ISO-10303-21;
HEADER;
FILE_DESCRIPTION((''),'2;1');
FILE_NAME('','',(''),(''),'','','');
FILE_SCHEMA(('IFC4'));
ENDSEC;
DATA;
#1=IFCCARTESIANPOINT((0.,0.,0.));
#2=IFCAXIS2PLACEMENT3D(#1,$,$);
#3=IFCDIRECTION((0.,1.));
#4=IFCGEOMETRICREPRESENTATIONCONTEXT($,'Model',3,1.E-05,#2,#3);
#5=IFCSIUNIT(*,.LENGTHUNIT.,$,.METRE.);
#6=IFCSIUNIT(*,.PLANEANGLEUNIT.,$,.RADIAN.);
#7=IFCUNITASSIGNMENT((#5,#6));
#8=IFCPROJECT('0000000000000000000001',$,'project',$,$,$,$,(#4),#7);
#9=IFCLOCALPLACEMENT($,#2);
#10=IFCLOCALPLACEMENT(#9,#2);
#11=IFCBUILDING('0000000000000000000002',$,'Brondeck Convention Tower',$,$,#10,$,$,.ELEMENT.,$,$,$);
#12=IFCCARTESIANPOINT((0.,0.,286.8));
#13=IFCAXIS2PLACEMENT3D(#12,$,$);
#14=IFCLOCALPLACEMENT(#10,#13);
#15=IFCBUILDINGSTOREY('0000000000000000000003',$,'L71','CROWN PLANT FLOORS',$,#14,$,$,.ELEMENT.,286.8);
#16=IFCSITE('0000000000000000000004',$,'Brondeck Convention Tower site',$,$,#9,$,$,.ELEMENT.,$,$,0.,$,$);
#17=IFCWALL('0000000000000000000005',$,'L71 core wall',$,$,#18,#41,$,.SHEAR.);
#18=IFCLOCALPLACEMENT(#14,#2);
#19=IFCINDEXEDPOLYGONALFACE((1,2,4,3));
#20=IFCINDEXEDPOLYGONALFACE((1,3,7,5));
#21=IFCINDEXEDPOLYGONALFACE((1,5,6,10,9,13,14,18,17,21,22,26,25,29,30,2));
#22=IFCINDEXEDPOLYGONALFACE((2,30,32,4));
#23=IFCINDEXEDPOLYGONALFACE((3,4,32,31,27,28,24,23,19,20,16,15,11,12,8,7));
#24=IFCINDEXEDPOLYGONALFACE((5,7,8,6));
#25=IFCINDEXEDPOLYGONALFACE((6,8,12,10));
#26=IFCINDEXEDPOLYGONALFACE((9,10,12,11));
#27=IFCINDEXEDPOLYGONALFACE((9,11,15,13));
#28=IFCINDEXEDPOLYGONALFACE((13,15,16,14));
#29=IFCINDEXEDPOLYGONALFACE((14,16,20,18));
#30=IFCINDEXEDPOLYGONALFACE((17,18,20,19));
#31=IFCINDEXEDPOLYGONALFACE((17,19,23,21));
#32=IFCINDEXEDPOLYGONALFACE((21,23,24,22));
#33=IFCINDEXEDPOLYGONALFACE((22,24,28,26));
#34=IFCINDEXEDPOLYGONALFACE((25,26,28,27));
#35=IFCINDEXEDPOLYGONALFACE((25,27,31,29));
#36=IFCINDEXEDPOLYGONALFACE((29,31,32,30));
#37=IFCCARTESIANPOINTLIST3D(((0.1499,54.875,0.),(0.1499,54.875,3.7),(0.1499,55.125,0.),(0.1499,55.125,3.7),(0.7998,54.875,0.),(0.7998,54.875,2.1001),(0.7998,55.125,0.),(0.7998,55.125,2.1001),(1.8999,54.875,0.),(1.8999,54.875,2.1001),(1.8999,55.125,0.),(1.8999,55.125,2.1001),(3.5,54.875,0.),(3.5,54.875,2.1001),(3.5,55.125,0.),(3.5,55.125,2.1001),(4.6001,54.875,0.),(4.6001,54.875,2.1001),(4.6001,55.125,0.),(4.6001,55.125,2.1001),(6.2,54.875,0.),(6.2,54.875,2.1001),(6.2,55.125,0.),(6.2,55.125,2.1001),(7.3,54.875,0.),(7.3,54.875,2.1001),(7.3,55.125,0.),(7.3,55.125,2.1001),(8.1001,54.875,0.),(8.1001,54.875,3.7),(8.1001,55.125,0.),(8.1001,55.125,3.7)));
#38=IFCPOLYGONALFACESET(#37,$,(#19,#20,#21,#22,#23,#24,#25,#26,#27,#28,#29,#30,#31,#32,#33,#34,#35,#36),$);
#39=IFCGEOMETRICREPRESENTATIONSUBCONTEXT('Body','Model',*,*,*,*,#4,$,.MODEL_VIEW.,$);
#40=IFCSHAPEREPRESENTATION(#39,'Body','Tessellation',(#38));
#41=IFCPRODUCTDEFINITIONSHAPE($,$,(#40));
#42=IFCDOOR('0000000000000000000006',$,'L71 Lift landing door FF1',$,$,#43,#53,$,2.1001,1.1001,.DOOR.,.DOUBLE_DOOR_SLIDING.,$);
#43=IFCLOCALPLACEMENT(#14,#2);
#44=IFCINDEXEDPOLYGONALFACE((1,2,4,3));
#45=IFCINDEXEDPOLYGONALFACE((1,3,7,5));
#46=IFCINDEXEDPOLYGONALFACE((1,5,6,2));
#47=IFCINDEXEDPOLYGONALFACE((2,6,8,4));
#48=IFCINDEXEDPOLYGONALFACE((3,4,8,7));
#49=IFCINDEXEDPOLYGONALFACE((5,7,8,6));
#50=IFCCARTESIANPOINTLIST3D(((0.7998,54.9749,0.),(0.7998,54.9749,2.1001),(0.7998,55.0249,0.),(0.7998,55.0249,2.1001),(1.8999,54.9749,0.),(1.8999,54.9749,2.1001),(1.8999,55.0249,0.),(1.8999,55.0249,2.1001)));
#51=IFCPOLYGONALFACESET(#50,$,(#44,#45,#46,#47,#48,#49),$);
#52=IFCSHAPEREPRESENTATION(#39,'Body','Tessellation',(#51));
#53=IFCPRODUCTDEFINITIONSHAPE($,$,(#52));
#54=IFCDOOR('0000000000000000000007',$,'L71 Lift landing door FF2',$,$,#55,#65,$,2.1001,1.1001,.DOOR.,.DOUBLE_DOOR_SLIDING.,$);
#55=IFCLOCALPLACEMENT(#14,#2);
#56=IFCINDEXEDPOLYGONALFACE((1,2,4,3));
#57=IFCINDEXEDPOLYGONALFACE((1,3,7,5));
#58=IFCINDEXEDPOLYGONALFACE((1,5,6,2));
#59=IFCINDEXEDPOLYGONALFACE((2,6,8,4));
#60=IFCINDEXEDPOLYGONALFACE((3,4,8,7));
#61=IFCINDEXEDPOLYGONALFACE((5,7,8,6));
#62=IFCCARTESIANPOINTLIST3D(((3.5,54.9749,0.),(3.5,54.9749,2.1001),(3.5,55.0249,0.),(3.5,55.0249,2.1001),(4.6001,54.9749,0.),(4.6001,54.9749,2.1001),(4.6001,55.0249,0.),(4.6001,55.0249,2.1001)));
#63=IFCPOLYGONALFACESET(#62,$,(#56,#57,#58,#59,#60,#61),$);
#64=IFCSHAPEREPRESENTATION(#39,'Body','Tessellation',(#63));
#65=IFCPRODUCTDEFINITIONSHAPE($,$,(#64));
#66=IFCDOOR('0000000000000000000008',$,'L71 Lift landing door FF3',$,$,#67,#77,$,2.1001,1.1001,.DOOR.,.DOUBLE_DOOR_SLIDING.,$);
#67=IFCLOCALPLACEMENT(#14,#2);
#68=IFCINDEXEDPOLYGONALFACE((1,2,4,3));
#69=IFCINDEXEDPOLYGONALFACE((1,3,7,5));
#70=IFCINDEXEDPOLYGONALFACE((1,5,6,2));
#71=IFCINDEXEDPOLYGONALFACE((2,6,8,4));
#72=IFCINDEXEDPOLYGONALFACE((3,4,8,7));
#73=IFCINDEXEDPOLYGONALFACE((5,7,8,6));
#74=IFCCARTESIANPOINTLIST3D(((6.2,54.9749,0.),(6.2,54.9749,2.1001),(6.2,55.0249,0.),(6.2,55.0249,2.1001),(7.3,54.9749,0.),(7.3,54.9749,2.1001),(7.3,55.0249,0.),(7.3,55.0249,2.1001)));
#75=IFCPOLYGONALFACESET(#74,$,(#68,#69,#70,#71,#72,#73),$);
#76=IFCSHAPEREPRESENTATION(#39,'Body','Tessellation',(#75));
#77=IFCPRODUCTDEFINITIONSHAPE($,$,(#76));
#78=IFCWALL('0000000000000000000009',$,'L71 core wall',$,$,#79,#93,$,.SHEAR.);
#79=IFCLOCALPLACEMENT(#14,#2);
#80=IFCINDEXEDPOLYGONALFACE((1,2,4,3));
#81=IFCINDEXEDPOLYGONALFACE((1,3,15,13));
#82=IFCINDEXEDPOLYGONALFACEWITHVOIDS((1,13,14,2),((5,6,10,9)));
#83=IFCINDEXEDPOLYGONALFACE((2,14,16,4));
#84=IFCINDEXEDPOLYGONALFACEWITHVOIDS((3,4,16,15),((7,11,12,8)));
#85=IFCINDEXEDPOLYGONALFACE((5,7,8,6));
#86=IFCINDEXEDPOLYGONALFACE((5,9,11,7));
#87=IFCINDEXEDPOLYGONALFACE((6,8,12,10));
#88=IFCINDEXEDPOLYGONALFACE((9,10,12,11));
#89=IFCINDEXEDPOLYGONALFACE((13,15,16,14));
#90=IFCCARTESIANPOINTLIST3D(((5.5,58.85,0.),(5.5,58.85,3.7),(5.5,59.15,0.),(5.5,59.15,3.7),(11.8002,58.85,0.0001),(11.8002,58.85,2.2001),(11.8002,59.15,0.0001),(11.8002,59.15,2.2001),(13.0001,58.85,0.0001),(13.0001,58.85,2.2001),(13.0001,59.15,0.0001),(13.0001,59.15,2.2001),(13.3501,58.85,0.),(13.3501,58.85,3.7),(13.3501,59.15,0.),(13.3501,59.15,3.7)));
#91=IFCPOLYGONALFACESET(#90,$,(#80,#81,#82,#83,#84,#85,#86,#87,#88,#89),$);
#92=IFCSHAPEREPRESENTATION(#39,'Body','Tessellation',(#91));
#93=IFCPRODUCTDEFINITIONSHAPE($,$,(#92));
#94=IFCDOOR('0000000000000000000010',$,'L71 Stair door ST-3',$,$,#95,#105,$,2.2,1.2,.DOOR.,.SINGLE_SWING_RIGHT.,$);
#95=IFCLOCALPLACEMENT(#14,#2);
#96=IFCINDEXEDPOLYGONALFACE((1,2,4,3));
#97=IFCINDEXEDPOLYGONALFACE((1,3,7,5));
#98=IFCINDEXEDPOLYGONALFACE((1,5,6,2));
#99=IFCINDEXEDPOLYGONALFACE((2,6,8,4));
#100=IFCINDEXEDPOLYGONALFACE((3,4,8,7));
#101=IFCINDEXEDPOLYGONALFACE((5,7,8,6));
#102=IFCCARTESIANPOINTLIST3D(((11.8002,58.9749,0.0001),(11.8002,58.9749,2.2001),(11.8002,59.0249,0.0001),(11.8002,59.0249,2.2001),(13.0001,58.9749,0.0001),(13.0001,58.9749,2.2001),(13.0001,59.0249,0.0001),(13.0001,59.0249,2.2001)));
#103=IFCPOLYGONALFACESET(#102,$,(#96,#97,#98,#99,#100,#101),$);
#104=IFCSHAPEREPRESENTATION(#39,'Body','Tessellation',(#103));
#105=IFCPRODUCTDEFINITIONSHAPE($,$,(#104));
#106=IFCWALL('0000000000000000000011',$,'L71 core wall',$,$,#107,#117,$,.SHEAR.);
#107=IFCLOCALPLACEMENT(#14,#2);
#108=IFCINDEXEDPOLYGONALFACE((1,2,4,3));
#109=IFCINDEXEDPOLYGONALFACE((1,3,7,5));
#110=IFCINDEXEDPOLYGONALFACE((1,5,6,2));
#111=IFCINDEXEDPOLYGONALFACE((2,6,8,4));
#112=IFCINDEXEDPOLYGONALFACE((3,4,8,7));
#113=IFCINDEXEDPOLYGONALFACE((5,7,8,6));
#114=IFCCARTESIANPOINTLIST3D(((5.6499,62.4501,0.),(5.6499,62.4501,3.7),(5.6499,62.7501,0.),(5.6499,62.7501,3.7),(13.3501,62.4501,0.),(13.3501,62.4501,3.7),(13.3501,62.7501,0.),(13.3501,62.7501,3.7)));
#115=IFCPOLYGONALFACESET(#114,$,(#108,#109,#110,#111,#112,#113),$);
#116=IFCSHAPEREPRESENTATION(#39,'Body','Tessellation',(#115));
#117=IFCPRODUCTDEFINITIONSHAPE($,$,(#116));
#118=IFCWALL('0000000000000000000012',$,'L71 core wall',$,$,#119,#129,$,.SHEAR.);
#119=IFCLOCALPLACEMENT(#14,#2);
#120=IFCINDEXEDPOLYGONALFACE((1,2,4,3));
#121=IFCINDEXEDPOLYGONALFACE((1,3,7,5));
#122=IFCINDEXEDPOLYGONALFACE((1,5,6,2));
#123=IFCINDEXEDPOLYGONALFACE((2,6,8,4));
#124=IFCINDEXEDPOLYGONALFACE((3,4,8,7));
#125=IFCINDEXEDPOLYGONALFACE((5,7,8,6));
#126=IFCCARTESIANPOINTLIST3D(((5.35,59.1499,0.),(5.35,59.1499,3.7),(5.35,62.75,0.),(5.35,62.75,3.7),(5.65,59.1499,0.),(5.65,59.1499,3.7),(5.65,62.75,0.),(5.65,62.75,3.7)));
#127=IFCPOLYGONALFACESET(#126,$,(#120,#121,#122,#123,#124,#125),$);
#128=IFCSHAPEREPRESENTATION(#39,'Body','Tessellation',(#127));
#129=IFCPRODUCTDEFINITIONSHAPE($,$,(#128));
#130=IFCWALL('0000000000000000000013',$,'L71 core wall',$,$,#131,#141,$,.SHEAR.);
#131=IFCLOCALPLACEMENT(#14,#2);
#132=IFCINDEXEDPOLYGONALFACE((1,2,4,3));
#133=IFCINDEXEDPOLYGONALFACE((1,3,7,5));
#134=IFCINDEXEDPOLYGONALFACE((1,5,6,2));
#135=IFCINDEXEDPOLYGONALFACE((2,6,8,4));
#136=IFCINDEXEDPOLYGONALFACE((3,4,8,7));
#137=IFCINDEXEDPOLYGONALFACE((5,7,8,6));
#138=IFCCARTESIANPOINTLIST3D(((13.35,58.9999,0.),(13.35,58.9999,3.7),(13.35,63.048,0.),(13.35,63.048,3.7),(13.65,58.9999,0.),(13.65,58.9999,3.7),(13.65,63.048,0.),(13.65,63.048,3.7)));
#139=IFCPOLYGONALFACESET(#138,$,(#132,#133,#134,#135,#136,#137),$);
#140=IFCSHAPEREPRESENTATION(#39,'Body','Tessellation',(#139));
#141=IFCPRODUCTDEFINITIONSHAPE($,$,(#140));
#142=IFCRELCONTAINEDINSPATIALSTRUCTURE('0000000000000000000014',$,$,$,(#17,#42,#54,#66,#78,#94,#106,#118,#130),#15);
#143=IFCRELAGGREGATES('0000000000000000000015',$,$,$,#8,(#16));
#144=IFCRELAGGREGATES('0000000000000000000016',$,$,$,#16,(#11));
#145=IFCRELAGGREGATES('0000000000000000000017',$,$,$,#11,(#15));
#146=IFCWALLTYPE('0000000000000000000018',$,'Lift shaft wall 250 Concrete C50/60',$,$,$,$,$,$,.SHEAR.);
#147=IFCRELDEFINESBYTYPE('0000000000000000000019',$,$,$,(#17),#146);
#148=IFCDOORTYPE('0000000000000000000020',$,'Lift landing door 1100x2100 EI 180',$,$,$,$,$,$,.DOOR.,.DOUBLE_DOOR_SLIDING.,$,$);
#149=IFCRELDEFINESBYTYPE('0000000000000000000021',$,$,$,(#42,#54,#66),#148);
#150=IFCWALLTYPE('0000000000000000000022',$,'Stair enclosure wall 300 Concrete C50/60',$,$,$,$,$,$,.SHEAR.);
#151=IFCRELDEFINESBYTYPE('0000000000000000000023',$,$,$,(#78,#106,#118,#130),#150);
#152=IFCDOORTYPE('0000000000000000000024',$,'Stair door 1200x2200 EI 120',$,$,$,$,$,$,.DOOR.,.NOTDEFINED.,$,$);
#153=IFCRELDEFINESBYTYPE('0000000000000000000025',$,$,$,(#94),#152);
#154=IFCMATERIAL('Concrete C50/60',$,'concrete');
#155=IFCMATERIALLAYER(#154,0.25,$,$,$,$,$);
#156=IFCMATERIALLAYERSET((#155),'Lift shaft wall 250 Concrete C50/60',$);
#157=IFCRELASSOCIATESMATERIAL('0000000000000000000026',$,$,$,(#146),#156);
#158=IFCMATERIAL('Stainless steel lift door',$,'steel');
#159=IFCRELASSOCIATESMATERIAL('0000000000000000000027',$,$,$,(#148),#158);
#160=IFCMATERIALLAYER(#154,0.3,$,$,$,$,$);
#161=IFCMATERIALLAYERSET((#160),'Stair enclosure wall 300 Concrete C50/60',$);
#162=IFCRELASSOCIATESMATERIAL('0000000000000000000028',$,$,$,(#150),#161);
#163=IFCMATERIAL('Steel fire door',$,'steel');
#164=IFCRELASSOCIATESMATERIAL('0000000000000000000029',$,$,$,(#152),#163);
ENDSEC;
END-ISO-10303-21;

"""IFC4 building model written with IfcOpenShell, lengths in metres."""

from ifc_helpers import new_model, si_unit, direction, frame, frame_2d, origin, place, context, subcontext, project, spatial, rectangle, extrude, material, layer, layer_set, type_object, element, fill, save


model = new_model("IFC4")

# Units and contexts
model_context = context("Model", 3, precision=1e-05, world=origin(), true_north=direction((0.0, 1.0)))
body_context = subcontext(model_context, "Body", "Model", "MODEL_VIEW")
ifc_project = project(units=[si_unit("LENGTHUNIT", "METRE"), si_unit("PLANEANGLEUNIT", "RADIAN")], contexts=[model_context])

# Site, building, storey
site_placement = place(None, origin())
site = spatial("IfcSite", under=ifc_project, at=site_placement, Name="Brondeck Convention Tower site", CompositionType="ELEMENT", RefElevation=0.0)
building_placement = place(site_placement, origin())
building = spatial("IfcBuilding", under=site, at=building_placement, Name="Brondeck Convention Tower", CompositionType="ELEMENT")
storey_placement = place(building_placement, frame((0.0, 0.0, 286.8)))
storey = spatial("IfcBuildingStorey", under=building, at=storey_placement, Name="L71", Description="CROWN PLANT FLOORS", CompositionType="ELEMENT", Elevation=286.8)

# Shared definitions
ifc_material_1 = material(Name="Concrete C50/60", Category="concrete")

# Wall, openings, doors
ifc_layer_1 = layer(ifc_material_1, 0.25)
ifc_layer_set_1 = layer_set([ifc_layer_1], Name="Lift shaft wall 250 Concrete C50/60")
wall_type_1 = type_object("IfcWallType", Name="Lift shaft wall 250 Concrete C50/60", PredefinedType="SHEAR", material=ifc_layer_set_1)
wall_1_placement = place(storey_placement, frame((0.1499, 55.0, 0.0), z_axis=(0.0, 0.0, 1.0), x_axis=(1.0, 0.0, 0.0)))
wall_1 = element("IfcWall", 1, at=wall_1_placement, inside=storey, type_object=wall_type_1, Name="L71 core wall", PredefinedType="SHEAR", context=body_context, shape_type="SweptSolid", body=[
    extrude(rectangle(XDim=7.9502, YDim=0.25, at=frame_2d((3.9751, 0.0))), origin(), (0.0, 0.0, 1.0), 3.7),
])
opening_1_placement = place(wall_1_placement, frame((0.6499, 0.0, 0.0)))
opening_1 = element("IfcOpeningElement", 2, at=opening_1_placement, cuts=wall_1, PredefinedType="OPENING", context=body_context, shape_type="SweptSolid", body=[
    extrude(rectangle(XDim=1.1001, YDim=2.1001, at=frame_2d((0.55, 1.05))), frame((0.0, 0.135, 0.0), z_axis=(0.0, -1.0, 0.0), x_axis=(1.0, 0.0, 0.0)), (0.0, 0.0, 1.0), 0.27),
])
opening_2_placement = place(wall_1_placement, frame((3.3501, 0.0, 0.0)))
opening_2 = element("IfcOpeningElement", 3, at=opening_2_placement, cuts=wall_1, PredefinedType="OPENING", context=body_context, shape_type="SweptSolid", body=[
    extrude(rectangle(XDim=1.1001, YDim=2.1001, at=frame_2d((0.55, 1.05))), frame((0.0, 0.135, 0.0), z_axis=(0.0, -1.0, 0.0), x_axis=(1.0, 0.0, 0.0)), (0.0, 0.0, 1.0), 0.27),
])
opening_3_placement = place(wall_1_placement, frame((6.05, 0.0, 0.0)))
opening_3 = element("IfcOpeningElement", 4, at=opening_3_placement, cuts=wall_1, PredefinedType="OPENING", context=body_context, shape_type="SweptSolid", body=[
    extrude(rectangle(XDim=1.1001, YDim=2.1001, at=frame_2d((0.55, 1.05))), frame((0.0, 0.135, 0.0), z_axis=(0.0, -1.0, 0.0), x_axis=(1.0, 0.0, 0.0)), (0.0, 0.0, 1.0), 0.27),
])
ifc_material_2 = material(Name="Stainless steel lift door", Category="steel")
door_type_1 = type_object("IfcDoorType", Name="Lift landing door 1100x2100 EI 180", OperationType="DOUBLE_DOOR_SLIDING", PredefinedType="DOOR", material=ifc_material_2)
door_1_placement = place(opening_1_placement, origin())
door_1 = element("IfcDoor", 5, at=door_1_placement, inside=storey, type_object=door_type_1, Name="L71 Lift landing door FF1", OperationType="DOUBLE_DOOR_SLIDING", OverallHeight=2.1001, OverallWidth=1.1001, PredefinedType="DOOR", context=body_context, shape_type="SweptSolid", body=[
    extrude(rectangle(XDim=1.1001, YDim=2.1001, at=frame_2d((0.55, 1.05))), frame((0.0, 0.0249, 0.0), z_axis=(0.0, -1.0, 0.0), x_axis=(1.0, 0.0, 0.0)), (0.0, 0.0, 1.0), 0.05),
])
fill(opening_1, door_1)
door_2_placement = place(opening_2_placement, origin())
door_2 = element("IfcDoor", 6, at=door_2_placement, inside=storey, type_object=door_type_1, Name="L71 Lift landing door FF2", OperationType="DOUBLE_DOOR_SLIDING", OverallHeight=2.1001, OverallWidth=1.1001, PredefinedType="DOOR", context=body_context, shape_type="SweptSolid", body=[
    extrude(rectangle(XDim=1.1001, YDim=2.1001, at=frame_2d((0.55, 1.05))), frame((0.0, 0.0249, 0.0), z_axis=(0.0, -1.0, 0.0), x_axis=(1.0, 0.0, 0.0)), (0.0, 0.0, 1.0), 0.05),
])
fill(opening_2, door_2)
door_3_placement = place(opening_3_placement, origin())
door_3 = element("IfcDoor", 7, at=door_3_placement, inside=storey, type_object=door_type_1, Name="L71 Lift landing door FF3", OperationType="DOUBLE_DOOR_SLIDING", OverallHeight=2.1001, OverallWidth=1.1001, PredefinedType="DOOR", context=body_context, shape_type="SweptSolid", body=[
    extrude(rectangle(XDim=1.1001, YDim=2.1001, at=frame_2d((0.55, 1.05))), frame((0.0, 0.0249, 0.0), z_axis=(0.0, -1.0, 0.0), x_axis=(1.0, 0.0, 0.0)), (0.0, 0.0, 1.0), 0.05),
])
fill(opening_3, door_3)

# Wall, opening, door
ifc_layer_2 = layer(ifc_material_1, 0.3)
ifc_layer_set_2 = layer_set([ifc_layer_2], Name="Stair enclosure wall 300 Concrete C50/60")
wall_type_2 = type_object("IfcWallType", Name="Stair enclosure wall 300 Concrete C50/60", PredefinedType="SHEAR", material=ifc_layer_set_2)
wall_2_placement = place(storey_placement, frame((5.5, 59.0, 0.0), z_axis=(0.0, 0.0, 1.0), x_axis=(1.0, 0.0, 0.0)))
wall_2 = element("IfcWall", 8, at=wall_2_placement, inside=storey, type_object=wall_type_2, Name="L71 core wall", PredefinedType="SHEAR", context=body_context, shape_type="SweptSolid", body=[
    extrude(rectangle(XDim=7.8501, YDim=0.3, at=frame_2d((3.925, 0.0))), origin(), (0.0, 0.0, 1.0), 3.7),
])
opening_4_placement = place(wall_2_placement, frame((6.3, 0.0, 0.0)))
opening_4 = element("IfcOpeningElement", 9, at=opening_4_placement, cuts=wall_2, PredefinedType="OPENING", context=body_context, shape_type="SweptSolid", body=[
    extrude(rectangle(XDim=1.2, YDim=2.2, at=frame_2d((0.6001, 1.1001))), frame((0.0, 0.1599, 0.0), z_axis=(0.0, -1.0, 0.0), x_axis=(1.0, 0.0, 0.0)), (0.0, 0.0, 1.0), 0.3201),
])
ifc_material_3 = material(Name="Steel fire door", Category="steel")
door_type_2 = type_object("IfcDoorType", Name="Stair door 1200x2200 EI 120", OperationType="NOTDEFINED", PredefinedType="DOOR", material=ifc_material_3)
door_4_placement = place(opening_4_placement, origin())
door_4 = element("IfcDoor", 10, at=door_4_placement, inside=storey, type_object=door_type_2, Name="L71 Stair door ST-3", OperationType="SINGLE_SWING_RIGHT", OverallHeight=2.2, OverallWidth=1.2, PredefinedType="DOOR", context=body_context, shape_type="SweptSolid", body=[
    extrude(rectangle(XDim=1.2, YDim=2.2, at=frame_2d((0.6001, 1.1001))), frame((0.0, 0.0249, 0.0), z_axis=(0.0, -1.0, 0.0), x_axis=(1.0, 0.0, 0.0)), (0.0, 0.0, 1.0), 0.05),
])
fill(opening_4, door_4)

# Walls
wall_3_placement = place(storey_placement, frame((5.6499, 62.6001, 0.0), z_axis=(0.0, 0.0, 1.0), x_axis=(1.0, 0.0, 0.0)))
element("IfcWall", 11, at=wall_3_placement, inside=storey, type_object=wall_type_2, Name="L71 core wall", PredefinedType="SHEAR", context=body_context, shape_type="SweptSolid", body=[
    extrude(rectangle(XDim=7.7002, YDim=0.3, at=frame_2d((3.8501, 0.0))), origin(), (0.0, 0.0, 1.0), 3.7),
])
wall_4_placement = place(storey_placement, frame((5.5, 59.1499, 0.0), z_axis=(0.0, 0.0, 1.0), x_axis=(0.0, 1.0, 0.0)))
element("IfcWall", 12, at=wall_4_placement, inside=storey, type_object=wall_type_2, Name="L71 core wall", PredefinedType="SHEAR", context=body_context, shape_type="SweptSolid", body=[
    extrude(rectangle(XDim=3.6001, YDim=0.3, at=frame_2d((1.8, 0.0))), origin(), (0.0, 0.0, 1.0), 3.7),
])
wall_5_placement = place(storey_placement, frame((13.5, 59.0, 0.0), z_axis=(0.0, 0.0, 1.0), x_axis=(0.0, 1.0, 0.0)))
element("IfcWall", 13, at=wall_5_placement, inside=storey, type_object=wall_type_2, Name="L71 core wall", PredefinedType="SHEAR", context=body_context, shape_type="SweptSolid", body=[
    extrude(rectangle(XDim=4.0481, YDim=0.3, at=frame_2d((2.0239, 0.0))), origin(), (0.0, 0.0, 1.0), 3.7),
])

save(model, "model.ifc")
